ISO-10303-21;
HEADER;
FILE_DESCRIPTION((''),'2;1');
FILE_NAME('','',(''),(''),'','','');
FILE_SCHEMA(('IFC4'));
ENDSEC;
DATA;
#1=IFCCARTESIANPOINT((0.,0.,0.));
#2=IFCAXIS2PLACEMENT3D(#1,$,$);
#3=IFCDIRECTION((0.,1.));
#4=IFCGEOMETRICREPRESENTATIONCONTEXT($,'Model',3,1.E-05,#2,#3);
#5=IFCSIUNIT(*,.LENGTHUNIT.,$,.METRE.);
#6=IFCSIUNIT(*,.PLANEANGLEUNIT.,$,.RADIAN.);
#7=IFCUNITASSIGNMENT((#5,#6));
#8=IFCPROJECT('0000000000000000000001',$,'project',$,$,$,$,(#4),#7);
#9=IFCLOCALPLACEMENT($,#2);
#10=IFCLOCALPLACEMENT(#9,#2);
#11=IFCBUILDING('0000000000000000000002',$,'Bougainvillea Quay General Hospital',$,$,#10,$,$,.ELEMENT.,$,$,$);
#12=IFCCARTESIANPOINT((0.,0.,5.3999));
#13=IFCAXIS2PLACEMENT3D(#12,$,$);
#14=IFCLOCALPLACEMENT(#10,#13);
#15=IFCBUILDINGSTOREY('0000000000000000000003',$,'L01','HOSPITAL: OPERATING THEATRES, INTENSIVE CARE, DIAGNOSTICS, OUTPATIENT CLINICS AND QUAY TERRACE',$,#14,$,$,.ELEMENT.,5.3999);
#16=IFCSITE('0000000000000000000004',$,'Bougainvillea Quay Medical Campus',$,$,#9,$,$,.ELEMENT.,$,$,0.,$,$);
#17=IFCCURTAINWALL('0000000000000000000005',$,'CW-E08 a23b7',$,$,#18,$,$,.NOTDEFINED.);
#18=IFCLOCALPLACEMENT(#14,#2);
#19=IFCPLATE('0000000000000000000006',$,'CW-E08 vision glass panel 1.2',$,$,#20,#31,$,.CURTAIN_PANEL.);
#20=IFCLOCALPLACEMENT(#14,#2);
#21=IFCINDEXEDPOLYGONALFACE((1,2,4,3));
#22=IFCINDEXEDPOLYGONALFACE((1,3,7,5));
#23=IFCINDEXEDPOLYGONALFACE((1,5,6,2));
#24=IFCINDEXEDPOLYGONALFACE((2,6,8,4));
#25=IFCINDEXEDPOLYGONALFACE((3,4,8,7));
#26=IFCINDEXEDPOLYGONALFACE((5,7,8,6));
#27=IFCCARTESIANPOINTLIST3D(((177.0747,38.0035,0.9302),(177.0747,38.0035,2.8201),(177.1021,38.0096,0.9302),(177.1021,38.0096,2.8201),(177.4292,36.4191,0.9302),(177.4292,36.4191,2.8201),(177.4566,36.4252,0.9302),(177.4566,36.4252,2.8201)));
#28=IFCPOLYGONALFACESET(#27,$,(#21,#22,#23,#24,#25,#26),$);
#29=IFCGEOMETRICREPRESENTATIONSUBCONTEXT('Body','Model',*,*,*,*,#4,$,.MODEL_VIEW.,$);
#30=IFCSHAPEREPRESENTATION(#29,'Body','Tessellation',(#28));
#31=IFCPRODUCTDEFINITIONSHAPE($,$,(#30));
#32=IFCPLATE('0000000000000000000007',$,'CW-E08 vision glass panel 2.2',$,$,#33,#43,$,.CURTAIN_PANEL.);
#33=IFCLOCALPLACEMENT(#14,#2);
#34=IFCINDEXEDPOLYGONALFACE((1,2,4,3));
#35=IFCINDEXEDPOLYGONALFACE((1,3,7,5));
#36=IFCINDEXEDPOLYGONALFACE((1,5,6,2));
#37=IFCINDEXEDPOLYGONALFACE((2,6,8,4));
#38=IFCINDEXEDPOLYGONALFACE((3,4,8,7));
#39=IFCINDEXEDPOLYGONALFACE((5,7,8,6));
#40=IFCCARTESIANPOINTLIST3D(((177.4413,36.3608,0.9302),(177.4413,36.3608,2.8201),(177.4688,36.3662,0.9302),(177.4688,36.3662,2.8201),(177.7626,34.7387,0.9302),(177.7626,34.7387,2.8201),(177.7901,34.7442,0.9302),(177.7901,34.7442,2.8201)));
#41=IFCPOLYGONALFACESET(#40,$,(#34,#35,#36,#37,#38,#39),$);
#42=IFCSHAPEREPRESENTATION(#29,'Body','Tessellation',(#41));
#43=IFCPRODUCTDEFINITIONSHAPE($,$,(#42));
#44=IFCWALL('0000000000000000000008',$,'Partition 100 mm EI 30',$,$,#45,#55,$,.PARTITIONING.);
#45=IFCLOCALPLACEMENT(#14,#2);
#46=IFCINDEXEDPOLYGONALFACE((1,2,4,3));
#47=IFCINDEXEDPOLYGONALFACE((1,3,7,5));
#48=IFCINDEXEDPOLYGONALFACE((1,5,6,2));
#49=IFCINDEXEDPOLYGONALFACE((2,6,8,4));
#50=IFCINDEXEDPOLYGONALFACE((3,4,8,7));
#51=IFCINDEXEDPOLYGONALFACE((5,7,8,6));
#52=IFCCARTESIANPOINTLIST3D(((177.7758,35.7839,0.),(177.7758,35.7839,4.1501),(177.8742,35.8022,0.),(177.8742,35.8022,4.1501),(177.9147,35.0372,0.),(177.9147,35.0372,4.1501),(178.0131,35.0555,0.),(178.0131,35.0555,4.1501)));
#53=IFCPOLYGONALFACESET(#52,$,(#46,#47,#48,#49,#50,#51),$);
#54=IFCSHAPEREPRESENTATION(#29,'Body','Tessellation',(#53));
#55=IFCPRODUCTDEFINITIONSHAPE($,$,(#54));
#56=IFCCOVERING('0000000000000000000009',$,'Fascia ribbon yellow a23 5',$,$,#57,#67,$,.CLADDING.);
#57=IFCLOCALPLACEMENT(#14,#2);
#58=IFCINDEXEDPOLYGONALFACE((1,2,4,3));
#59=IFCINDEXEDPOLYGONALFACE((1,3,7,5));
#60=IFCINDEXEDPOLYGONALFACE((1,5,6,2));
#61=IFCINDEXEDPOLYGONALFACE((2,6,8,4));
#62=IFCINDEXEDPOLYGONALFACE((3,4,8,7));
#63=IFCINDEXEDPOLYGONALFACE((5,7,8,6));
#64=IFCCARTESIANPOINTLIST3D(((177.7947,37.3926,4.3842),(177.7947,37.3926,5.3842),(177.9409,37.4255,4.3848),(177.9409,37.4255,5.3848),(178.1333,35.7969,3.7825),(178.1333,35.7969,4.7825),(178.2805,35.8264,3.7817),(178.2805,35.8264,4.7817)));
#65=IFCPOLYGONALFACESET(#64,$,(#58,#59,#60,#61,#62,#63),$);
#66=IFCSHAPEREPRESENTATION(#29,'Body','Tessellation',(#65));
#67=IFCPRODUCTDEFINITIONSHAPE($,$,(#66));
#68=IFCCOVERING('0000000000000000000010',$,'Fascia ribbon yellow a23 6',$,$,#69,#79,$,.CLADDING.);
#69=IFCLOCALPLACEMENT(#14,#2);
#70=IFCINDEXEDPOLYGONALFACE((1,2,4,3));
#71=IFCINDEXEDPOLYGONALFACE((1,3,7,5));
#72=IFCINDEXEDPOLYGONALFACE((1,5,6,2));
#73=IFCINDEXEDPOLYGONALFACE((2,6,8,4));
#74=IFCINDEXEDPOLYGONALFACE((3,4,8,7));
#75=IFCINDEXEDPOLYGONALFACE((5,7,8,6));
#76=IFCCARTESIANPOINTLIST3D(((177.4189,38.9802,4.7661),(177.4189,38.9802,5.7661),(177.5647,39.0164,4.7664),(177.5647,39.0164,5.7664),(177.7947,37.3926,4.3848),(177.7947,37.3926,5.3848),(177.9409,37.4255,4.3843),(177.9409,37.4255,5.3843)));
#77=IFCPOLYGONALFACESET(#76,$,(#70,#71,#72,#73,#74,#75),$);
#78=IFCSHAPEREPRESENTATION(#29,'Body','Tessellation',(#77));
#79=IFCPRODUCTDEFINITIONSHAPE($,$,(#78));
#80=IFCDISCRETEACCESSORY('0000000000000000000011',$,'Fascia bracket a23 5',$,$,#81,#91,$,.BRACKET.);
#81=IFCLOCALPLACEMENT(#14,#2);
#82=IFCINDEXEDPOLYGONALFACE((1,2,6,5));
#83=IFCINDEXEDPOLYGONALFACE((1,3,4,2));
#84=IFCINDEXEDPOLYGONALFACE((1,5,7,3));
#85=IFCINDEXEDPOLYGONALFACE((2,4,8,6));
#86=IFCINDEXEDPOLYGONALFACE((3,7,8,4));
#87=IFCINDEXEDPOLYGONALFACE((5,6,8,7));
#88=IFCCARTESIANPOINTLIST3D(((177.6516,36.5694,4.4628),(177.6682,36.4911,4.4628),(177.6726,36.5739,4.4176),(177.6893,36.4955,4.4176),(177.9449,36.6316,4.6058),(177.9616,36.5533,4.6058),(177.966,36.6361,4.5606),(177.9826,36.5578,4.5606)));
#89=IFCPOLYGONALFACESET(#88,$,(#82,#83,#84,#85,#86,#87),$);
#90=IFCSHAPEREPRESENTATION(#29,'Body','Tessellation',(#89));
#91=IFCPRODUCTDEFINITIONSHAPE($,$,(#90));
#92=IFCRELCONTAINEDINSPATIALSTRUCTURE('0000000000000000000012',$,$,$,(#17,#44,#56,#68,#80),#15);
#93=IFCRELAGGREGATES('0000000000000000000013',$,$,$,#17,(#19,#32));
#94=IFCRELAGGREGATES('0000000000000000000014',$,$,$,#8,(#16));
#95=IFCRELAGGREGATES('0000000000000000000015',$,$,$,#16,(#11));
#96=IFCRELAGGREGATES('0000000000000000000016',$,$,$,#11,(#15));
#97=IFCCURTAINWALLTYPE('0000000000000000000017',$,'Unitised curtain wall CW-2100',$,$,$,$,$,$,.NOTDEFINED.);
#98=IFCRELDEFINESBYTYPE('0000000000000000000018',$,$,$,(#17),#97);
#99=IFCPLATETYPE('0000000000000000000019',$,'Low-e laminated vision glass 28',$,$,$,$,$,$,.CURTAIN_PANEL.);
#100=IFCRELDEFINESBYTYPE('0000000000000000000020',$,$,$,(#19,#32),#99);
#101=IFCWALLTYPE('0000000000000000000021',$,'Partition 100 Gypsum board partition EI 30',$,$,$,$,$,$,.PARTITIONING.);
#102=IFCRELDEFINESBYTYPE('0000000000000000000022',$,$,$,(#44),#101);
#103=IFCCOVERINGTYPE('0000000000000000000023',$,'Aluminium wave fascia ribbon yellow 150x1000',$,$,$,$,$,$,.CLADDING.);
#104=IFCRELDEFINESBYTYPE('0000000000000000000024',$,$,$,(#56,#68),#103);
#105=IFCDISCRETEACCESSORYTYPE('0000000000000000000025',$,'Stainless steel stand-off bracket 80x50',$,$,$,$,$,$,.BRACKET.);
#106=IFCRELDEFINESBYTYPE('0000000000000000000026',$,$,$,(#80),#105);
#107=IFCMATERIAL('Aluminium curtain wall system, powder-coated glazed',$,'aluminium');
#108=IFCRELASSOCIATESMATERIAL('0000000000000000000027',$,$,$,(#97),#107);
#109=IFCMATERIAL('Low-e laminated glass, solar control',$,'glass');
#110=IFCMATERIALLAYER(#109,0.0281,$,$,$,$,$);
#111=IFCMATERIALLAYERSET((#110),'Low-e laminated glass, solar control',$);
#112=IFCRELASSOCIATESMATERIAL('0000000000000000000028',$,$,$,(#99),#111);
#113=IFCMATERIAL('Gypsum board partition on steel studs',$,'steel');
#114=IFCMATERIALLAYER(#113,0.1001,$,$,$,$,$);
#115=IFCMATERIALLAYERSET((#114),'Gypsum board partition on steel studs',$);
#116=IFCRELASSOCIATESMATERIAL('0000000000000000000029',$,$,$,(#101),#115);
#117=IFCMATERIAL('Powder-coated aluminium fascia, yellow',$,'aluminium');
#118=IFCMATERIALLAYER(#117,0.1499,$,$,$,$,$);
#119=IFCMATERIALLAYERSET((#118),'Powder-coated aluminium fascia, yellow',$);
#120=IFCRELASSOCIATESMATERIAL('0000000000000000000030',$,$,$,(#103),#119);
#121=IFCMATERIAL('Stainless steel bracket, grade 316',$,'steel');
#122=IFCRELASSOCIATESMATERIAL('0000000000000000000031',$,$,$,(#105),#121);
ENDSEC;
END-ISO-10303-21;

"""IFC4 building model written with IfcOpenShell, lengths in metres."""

from ifc_helpers import new_model, si_unit, direction, frame, frame_2d, origin, origin_2d, place, context, subcontext, project, spatial, polyline, rectangle, outline, extrude, material, layer, layer_set, material_profile, profile_set, type_object, element, aggregate, save


model = new_model("IFC4")

# Units and contexts
model_context = context("Model", 3, precision=1e-05, world=origin(), true_north=direction((0.0, 1.0)))
body_context = subcontext(model_context, "Body", "Model", "MODEL_VIEW")
ifc_project = project(units=[si_unit("LENGTHUNIT", "METRE"), si_unit("PLANEANGLEUNIT", "RADIAN")], contexts=[model_context])

# Site, building, storey
site_placement = place(None, origin())
site = spatial("IfcSite", under=ifc_project, at=site_placement, Name="Bougainvillea Quay Medical Campus", CompositionType="ELEMENT", RefElevation=0.0)
building_placement = place(site_placement, origin())
building = spatial("IfcBuilding", under=site, at=building_placement, Name="Bougainvillea Quay General Hospital", CompositionType="ELEMENT")
storey_placement = place(building_placement, frame((0.0, 0.0, 5.3999)))
storey = spatial("IfcBuildingStorey", under=building, at=storey_placement, Name="L01", Description="HOSPITAL: OPERATING THEATRES, INTENSIVE CARE, DIAGNOSTICS, OUTPATIENT CLINICS AND QUAY TERRACE", CompositionType="ELEMENT", Elevation=5.3999)

# Curtain wall, plates
ifc_material_1 = material(Name="Aluminium curtain wall system, powder-coated glazed", Category="aluminium")
curtain_wall_type = type_object("IfcCurtainWallType", Name="Unitised curtain wall CW-2100", PredefinedType="NOTDEFINED", material=ifc_material_1)
curtain_wall_placement = place(storey_placement, origin())
curtain_wall = element("IfcCurtainWall", 1, at=curtain_wall_placement, inside=storey, type_object=curtain_wall_type, Name="CW-E08 a23b7", PredefinedType="NOTDEFINED")
ifc_material_2 = material(Name="Low-e laminated glass, solar control", Category="glass")
ifc_layer_1 = layer(ifc_material_2, 0.0281)
ifc_layer_set_1 = layer_set([ifc_layer_1], Name="Low-e laminated glass, solar control")
plate_type_1 = type_object("IfcPlateType", Name="Low-e laminated vision glass 28", PredefinedType="CURTAIN_PANEL", material=ifc_layer_set_1)
plate_1_placement = place(storey_placement, frame((177.2656, 37.2144, 0.9302), z_axis=(0.0, 0.0, 1.0), x_axis=(0.218351, -0.97587, 0.0)))
plate_1 = element("IfcPlate", 2, at=plate_1_placement, type_object=plate_type_1, Name="CW-E08 vision glass panel 1.2", PredefinedType="CURTAIN_PANEL", context=body_context, shape_type="SweptSolid", body=[
    extrude(rectangle(XDim=1.6235, YDim=0.0281, at=origin_2d()), origin(), (0.0, 0.0, 1.0), 1.8899),
])
plate_2_placement = place(storey_placement, frame((177.6157, 35.5525, 0.9302), z_axis=(0.0, 0.0, 1.0), x_axis=(0.194314, -0.980939, 0.0)))
plate_2 = element("IfcPlate", 3, at=plate_2_placement, type_object=plate_type_1, Name="CW-E08 vision glass panel 2.2", PredefinedType="CURTAIN_PANEL", context=body_context, shape_type="SweptSolid", body=[
    extrude(rectangle(XDim=1.6536, YDim=0.0281, at=origin_2d()), origin(), (0.0, 0.0, 1.0), 1.8899),
])
aggregate(curtain_wall, [plate_1, plate_2])

# Wall
ifc_material_3 = material(Name="Gypsum board partition on steel studs", Category="steel")
ifc_layer_2 = layer(ifc_material_3, 0.1001)
ifc_layer_set_2 = layer_set([ifc_layer_2], Name="Gypsum board partition on steel studs")
wall_type = type_object("IfcWallType", Name="Partition 100 Gypsum board partition EI 30", PredefinedType="PARTITIONING", material=ifc_layer_set_2)
wall_placement = place(storey_placement, frame((177.825, 35.7932, 0.0), z_axis=(0.0, 0.0, 1.0), x_axis=(0.182872, -0.983137, 0.0)))
element("IfcWall", 4, at=wall_placement, inside=storey, type_object=wall_type, Name="Partition 100 mm EI 30", PredefinedType="PARTITIONING", context=body_context, shape_type="SweptSolid", body=[
    extrude(rectangle(XDim=0.7595, YDim=0.1001, at=frame_2d((0.3799, 0.0))), origin(), (0.0, 0.0, 1.0), 4.1501),
])

# Coverings
ifc_material_4 = material(Name="Powder-coated aluminium fascia, yellow", Category="aluminium")
ifc_layer_3 = layer(ifc_material_4, 0.1499)
ifc_layer_set_3 = layer_set([ifc_layer_3], Name="Powder-coated aluminium fascia, yellow")
covering_type = type_object("IfcCoveringType", Name="Aluminium wave fascia ribbon yellow 150x1000", PredefinedType="CLADDING", material=ifc_layer_set_3)
covering_1_placement = place(storey_placement, frame((178.1333, 35.7969, 3.7825), z_axis=(0.072842, -0.33835, 0.938197), x_axis=(-0.194757, 0.91776, 0.346101)))
element("IfcCovering", 5, at=covering_1_placement, inside=storey, type_object=covering_type, Name="Fascia ribbon yellow a23 5", PredefinedType="CLADDING", context=body_context, shape_type="SweptSolid", body=[
    extrude(outline(polyline([(0.0, 0.0), (1.7387, 0.0), (1.7406, -0.1499), (-0.0018, -0.1501), (0.0, 0.0)])), origin(), (0.346101, 0.000955, 0.938197), 1.0),
])
covering_2_placement = place(storey_placement, frame((177.7947, 37.3926, 4.3848), z_axis=(0.053179, -0.221302, 0.973754), x_axis=(-0.224254, 0.94758, 0.227601)))
element("IfcCovering", 6, at=covering_2_placement, inside=storey, type_object=covering_type, Name="Fascia ribbon yellow a23 6", PredefinedType="CLADDING", context=body_context, shape_type="SweptSolid", body=[
    extrude(outline(polyline([(0.0, 0.0), (1.6755, 0.0), (1.6771, -0.1502), (-0.0017, -0.1499), (0.0, 0.0)])), origin(), (0.227601, 0.000764, 0.973754), 1.0),
])

# Discrete accessory
ifc_material_5 = material(Name="Stainless steel bracket, grade 316", Category="steel")
ifc_material_profile_1 = material_profile(ifc_material_5, rectangle(XDim=0.0801, YDim=0.05, at=origin_2d()))
ifc_profile_set_1 = profile_set([ifc_material_profile_1], Name="Stainless steel bracket, grade 316")
discrete_accessory_type = type_object("IfcDiscreteAccessoryType", Name="Stainless steel stand-off bracket 80x50", PredefinedType="BRACKET", material=ifc_profile_set_1)
discrete_accessory_placement = place(storey_placement, frame((177.6704, 36.5325, 4.4402), z_axis=(0.882959, 0.187317, 0.430461), x_axis=(-0.207528, 0.978229, 0.0)))
element("IfcDiscreteAccessory", 7, at=discrete_accessory_placement, inside=storey, type_object=discrete_accessory_type, Name="Fascia bracket a23 5", PredefinedType="BRACKET", context=body_context, shape_type="SweptSolid", body=[
    extrude(rectangle(XDim=0.0801, YDim=0.05, at=origin_2d()), origin(), (0.0, 0.0, 1.0), 0.3323),
])

save(model, "model.ifc")
